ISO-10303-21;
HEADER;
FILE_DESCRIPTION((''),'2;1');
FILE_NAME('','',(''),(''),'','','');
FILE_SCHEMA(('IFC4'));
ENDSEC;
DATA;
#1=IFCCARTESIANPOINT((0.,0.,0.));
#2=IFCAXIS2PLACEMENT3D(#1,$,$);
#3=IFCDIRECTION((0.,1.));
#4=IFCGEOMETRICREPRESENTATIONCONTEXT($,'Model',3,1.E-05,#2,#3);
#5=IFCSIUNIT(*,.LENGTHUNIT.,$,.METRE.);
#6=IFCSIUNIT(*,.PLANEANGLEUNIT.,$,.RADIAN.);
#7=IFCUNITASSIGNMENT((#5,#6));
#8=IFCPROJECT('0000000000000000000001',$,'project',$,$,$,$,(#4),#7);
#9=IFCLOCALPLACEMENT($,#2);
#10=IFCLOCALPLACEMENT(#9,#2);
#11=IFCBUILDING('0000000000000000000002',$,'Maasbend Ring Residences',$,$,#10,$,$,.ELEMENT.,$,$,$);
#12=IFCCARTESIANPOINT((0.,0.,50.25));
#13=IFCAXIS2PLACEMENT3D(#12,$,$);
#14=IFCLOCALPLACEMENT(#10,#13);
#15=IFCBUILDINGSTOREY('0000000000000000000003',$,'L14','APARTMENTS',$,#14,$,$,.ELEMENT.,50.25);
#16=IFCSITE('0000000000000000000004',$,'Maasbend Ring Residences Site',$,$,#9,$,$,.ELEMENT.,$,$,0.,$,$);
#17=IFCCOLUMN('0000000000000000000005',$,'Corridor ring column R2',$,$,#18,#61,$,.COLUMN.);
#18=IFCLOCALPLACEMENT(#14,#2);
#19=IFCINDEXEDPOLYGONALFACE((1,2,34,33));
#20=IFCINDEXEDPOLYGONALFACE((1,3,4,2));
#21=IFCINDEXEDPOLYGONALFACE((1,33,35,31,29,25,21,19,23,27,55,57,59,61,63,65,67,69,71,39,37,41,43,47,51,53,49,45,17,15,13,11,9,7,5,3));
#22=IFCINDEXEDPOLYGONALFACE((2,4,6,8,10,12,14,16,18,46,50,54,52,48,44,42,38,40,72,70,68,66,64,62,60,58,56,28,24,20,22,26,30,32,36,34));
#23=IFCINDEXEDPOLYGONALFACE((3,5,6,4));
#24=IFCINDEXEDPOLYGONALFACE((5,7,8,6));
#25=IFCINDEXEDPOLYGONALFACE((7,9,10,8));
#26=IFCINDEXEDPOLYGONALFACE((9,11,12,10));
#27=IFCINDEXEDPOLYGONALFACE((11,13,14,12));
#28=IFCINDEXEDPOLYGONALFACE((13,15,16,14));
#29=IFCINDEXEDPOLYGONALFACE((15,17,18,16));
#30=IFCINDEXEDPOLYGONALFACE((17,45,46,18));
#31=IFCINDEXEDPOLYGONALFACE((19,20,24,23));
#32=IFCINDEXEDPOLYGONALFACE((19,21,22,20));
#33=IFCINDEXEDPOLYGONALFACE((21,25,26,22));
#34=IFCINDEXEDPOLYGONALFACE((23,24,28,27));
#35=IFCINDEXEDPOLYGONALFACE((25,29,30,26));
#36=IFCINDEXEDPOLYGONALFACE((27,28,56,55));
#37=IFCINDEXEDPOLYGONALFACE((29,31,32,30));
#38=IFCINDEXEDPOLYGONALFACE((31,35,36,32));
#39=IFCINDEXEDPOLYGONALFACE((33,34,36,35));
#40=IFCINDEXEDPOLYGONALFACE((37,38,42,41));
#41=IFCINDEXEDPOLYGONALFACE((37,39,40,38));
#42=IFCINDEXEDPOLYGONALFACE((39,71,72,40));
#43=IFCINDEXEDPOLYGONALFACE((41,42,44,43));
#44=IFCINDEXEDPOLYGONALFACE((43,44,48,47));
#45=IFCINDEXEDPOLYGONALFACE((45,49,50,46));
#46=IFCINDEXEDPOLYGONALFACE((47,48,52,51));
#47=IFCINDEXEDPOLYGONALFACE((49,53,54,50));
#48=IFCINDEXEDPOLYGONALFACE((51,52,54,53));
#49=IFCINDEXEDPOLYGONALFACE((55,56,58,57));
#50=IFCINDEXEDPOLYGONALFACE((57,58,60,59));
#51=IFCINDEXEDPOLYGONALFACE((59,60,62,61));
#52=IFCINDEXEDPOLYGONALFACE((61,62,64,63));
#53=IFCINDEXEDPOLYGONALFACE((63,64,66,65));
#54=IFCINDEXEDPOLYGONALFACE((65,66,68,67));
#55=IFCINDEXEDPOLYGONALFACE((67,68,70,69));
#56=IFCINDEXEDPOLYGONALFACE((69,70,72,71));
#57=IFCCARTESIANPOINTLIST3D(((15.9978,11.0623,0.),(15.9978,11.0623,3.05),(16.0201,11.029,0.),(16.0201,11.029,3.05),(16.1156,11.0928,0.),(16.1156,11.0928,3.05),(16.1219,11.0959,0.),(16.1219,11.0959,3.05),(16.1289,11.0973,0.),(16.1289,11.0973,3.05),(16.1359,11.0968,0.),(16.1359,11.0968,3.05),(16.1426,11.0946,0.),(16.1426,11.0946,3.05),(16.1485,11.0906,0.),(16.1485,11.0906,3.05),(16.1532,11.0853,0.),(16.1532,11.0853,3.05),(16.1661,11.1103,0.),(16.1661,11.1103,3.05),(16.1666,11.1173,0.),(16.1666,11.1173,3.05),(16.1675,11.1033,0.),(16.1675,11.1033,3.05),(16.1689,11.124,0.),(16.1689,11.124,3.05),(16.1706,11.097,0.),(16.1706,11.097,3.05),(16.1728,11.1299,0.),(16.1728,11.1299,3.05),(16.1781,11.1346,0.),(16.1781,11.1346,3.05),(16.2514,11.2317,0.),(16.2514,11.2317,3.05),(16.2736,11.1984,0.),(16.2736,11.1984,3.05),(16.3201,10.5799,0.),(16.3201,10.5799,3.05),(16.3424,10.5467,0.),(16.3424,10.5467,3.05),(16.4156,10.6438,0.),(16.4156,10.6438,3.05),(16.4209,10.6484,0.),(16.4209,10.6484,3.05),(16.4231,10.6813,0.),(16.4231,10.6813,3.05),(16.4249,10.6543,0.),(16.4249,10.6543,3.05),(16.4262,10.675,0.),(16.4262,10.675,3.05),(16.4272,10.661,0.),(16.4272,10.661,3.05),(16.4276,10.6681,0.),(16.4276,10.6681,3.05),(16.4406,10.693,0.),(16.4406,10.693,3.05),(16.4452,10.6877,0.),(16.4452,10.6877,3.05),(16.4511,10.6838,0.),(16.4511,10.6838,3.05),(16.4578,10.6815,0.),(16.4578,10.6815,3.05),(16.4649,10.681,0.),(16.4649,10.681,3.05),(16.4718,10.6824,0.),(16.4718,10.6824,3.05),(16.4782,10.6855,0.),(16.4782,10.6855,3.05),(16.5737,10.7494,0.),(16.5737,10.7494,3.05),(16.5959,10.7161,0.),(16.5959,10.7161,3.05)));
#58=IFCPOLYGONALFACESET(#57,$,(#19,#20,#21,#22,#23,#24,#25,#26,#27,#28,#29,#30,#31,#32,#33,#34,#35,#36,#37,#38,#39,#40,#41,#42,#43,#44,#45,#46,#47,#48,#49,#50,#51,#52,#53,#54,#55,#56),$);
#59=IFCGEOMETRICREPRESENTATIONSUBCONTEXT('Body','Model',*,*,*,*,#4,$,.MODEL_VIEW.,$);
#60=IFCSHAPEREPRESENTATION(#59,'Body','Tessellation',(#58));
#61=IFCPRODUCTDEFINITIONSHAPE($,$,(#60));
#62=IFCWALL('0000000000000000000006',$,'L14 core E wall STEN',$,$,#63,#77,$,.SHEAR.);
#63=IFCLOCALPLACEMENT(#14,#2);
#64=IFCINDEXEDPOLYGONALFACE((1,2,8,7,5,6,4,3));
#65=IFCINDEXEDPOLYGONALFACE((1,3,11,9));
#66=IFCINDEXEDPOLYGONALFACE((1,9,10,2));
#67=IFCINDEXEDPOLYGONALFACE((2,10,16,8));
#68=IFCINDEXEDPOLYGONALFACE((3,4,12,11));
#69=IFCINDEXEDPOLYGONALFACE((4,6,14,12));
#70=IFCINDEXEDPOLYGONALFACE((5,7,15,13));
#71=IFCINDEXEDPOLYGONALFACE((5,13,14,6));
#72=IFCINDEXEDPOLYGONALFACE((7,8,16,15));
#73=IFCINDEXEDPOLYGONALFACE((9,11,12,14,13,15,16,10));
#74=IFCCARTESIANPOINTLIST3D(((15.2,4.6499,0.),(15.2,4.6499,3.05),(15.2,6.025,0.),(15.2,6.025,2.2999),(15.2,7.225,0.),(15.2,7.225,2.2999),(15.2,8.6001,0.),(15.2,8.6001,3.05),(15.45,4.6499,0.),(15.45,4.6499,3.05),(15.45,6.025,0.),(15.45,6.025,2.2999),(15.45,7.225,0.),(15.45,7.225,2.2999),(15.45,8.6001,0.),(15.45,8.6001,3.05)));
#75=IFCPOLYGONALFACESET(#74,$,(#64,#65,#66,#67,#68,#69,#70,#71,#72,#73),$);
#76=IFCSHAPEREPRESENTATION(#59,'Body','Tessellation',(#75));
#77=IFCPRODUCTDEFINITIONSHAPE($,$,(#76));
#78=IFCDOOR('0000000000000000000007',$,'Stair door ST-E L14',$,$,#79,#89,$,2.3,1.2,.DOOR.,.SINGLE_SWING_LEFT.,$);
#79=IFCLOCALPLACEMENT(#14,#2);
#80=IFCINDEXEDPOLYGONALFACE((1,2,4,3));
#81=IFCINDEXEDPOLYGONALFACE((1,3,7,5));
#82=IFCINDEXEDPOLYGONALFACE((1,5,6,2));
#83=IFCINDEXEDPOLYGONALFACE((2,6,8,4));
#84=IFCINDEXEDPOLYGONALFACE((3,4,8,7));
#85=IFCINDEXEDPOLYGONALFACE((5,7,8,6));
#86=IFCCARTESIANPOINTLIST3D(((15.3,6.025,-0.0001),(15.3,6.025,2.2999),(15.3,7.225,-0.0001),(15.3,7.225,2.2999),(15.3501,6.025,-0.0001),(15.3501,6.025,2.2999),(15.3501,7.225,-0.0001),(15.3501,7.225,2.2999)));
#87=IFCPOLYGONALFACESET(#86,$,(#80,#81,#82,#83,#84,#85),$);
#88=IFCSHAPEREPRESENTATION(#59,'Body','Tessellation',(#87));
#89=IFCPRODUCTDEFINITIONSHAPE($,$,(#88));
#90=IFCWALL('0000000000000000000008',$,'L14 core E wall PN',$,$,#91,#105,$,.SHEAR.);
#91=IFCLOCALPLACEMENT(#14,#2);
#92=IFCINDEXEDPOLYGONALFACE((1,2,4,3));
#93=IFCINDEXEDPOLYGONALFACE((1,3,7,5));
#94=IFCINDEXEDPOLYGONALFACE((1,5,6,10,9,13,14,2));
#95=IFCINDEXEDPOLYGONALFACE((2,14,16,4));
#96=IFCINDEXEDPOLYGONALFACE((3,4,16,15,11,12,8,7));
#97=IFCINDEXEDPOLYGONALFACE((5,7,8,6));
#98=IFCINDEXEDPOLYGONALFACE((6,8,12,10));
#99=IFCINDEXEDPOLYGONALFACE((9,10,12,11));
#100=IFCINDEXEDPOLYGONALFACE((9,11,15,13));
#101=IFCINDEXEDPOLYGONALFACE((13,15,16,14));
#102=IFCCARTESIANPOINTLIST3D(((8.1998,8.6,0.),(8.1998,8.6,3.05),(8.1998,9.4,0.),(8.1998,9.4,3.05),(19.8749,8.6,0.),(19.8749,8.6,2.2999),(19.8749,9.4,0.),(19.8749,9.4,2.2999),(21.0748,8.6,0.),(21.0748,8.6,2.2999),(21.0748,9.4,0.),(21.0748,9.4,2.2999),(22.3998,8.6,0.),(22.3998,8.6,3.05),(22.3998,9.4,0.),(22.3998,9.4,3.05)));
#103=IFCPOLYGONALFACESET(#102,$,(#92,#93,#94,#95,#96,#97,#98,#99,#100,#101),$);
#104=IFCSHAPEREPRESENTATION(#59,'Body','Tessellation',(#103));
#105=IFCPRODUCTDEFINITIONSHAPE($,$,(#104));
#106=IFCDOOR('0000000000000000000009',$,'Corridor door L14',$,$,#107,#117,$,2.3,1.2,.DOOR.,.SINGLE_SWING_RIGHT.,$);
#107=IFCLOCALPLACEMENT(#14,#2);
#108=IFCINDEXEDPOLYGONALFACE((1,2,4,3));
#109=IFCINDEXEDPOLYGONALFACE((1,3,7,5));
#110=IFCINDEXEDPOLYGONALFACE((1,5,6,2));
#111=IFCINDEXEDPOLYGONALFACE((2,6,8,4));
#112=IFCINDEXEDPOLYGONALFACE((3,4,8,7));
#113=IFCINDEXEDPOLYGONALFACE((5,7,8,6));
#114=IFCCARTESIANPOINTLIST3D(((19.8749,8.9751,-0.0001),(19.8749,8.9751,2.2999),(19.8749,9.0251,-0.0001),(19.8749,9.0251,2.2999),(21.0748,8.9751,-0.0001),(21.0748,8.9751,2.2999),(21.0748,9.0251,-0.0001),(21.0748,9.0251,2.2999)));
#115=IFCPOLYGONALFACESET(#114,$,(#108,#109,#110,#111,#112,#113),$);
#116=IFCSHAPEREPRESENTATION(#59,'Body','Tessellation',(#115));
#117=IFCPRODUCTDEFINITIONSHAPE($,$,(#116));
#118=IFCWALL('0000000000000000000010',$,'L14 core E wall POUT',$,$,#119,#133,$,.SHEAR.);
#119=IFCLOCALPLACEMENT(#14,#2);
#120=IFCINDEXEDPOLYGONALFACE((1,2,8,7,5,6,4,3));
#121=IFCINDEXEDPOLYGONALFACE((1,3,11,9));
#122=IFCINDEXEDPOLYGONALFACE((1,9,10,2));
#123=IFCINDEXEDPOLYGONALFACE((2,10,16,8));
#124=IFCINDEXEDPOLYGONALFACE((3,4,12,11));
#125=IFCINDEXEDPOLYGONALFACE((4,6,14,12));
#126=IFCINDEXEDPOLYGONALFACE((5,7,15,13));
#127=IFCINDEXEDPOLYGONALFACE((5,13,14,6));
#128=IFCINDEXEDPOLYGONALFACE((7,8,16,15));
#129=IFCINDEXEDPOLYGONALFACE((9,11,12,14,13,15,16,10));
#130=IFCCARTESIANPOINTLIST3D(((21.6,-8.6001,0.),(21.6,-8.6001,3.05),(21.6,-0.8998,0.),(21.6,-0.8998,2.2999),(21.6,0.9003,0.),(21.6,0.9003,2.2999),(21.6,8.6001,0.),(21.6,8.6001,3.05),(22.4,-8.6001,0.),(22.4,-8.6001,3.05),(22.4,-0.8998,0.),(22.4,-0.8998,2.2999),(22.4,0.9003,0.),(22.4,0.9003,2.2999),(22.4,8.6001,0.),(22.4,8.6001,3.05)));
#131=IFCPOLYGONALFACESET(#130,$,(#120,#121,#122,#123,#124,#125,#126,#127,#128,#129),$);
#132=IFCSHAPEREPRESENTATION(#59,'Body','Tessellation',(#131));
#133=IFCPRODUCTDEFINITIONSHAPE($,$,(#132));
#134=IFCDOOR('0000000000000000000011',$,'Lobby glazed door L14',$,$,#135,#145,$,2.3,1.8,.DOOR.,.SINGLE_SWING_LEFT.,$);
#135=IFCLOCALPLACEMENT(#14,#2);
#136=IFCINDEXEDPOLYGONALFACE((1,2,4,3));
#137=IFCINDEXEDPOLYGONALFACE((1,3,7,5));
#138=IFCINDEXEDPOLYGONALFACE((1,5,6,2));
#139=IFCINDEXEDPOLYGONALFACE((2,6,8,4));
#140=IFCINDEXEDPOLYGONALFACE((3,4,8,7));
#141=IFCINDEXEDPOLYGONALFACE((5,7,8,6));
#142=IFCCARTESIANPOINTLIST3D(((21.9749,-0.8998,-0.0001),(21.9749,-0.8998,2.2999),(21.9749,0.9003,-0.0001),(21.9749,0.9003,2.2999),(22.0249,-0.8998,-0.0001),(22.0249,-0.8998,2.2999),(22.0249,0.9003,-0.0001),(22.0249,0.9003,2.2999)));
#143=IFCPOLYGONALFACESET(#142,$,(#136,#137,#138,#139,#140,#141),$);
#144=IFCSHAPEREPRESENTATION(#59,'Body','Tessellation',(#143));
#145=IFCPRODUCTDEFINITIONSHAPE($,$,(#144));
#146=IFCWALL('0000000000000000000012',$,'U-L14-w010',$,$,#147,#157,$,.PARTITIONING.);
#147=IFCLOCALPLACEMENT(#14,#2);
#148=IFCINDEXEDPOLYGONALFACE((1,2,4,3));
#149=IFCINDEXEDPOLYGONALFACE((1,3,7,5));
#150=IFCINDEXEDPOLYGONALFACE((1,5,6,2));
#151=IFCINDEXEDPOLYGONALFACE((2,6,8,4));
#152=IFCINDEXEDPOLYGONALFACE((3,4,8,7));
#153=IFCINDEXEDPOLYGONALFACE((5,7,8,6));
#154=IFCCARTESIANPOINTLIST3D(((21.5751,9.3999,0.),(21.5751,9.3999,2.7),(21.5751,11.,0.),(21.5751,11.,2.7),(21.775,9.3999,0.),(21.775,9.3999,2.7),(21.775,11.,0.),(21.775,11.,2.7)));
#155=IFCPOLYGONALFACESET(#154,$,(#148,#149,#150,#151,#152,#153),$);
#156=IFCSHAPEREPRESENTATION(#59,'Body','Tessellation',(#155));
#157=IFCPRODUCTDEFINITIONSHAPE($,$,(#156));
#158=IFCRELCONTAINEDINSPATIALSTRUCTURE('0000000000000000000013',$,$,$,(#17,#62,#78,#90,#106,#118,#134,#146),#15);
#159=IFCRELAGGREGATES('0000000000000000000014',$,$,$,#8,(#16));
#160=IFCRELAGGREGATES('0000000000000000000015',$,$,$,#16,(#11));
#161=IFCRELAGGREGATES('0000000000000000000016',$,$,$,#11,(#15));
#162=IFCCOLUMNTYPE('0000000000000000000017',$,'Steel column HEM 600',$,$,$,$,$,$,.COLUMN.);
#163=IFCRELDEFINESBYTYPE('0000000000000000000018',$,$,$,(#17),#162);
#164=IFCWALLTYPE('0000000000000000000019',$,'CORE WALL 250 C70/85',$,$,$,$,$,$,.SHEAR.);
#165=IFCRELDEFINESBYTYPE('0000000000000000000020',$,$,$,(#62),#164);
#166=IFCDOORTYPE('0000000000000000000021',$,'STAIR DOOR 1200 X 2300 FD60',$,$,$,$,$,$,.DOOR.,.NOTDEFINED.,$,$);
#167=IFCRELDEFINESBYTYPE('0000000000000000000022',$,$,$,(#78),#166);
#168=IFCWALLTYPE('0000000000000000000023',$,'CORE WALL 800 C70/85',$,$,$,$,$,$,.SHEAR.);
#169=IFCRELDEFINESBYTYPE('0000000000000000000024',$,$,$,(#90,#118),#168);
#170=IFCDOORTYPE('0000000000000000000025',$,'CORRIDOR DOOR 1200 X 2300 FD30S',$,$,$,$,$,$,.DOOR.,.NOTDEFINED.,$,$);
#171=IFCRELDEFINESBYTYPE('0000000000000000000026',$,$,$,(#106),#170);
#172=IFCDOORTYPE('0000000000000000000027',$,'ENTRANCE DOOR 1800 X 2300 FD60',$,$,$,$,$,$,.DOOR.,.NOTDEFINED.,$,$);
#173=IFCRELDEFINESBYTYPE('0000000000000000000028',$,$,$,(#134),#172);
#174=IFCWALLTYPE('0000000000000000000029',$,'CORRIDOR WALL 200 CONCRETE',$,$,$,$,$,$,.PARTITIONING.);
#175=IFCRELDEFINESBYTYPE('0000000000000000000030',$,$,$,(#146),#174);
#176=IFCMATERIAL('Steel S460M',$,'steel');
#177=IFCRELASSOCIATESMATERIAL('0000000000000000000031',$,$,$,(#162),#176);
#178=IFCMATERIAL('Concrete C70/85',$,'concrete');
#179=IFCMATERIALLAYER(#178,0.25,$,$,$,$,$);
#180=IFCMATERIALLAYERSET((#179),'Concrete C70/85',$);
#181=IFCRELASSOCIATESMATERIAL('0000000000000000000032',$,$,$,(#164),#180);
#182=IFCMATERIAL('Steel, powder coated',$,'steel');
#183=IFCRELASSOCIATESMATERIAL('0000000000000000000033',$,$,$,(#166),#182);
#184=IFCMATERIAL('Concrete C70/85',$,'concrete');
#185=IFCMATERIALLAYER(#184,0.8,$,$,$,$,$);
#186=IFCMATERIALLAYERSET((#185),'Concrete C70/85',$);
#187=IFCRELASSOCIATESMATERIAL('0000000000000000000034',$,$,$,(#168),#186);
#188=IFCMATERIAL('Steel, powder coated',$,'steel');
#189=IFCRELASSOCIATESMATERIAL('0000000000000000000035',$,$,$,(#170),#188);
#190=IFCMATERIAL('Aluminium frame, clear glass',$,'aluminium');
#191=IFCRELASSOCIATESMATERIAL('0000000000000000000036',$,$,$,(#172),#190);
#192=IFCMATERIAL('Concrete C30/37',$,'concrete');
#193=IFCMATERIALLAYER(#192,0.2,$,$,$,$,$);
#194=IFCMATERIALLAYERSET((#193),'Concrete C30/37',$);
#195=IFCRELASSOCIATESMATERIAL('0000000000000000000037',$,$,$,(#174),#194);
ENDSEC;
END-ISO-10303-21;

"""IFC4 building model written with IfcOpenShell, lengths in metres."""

from ifc_helpers import new_model, si_unit, direction, frame, frame_2d, origin, origin_2d, place, context, subcontext, project, spatial, rectangle, i_section, extrude, material, layer, layer_set, material_profile, profile_set, type_object, element, fill, save


model = new_model("IFC4")

# Units and contexts
model_context = context("Model", 3, precision=1e-05, world=origin(), true_north=direction((0.0, 1.0)))
body_context = subcontext(model_context, "Body", "Model", "MODEL_VIEW")
ifc_project = project(units=[si_unit("LENGTHUNIT", "METRE"), si_unit("PLANEANGLEUNIT", "RADIAN")], contexts=[model_context])

# Site, building, storey
site_placement = place(None, origin())
site = spatial("IfcSite", under=ifc_project, at=site_placement, Name="Maasbend Ring Residences Site", CompositionType="ELEMENT", RefElevation=0.0)
building_placement = place(site_placement, origin())
building = spatial("IfcBuilding", under=site, at=building_placement, Name="Maasbend Ring Residences", CompositionType="ELEMENT")
storey_placement = place(building_placement, frame((0.0, 0.0, 50.25)))
storey = spatial("IfcBuildingStorey", under=building, at=storey_placement, Name="L14", Description="APARTMENTS", CompositionType="ELEMENT", Elevation=50.25)

# Column
ifc_material_1 = material(Name="Steel S460M", Category="steel")
ifc_material_profile = material_profile(ifc_material_1, i_section(OverallWidth=0.3049, OverallDepth=0.6201, WebThickness=0.021, FlangeThickness=0.04, FilletRadius=0.0271, at=origin_2d()), Name="HEM 600")
ifc_profile_set = profile_set([ifc_material_profile], Name="Steel S460M")
column_type = type_object("IfcColumnType", Name="Steel column HEM 600", PredefinedType="COLUMN", material=ifc_profile_set)
column_placement = place(storey_placement, frame((16.2969, 10.8892, 0.0), z_axis=(0.0, 0.0, 1.0), x_axis=(0.83147, 0.55557, 0.0)))
element("IfcColumn", 1, at=column_placement, inside=storey, type_object=column_type, Name="Corridor ring column R2", PredefinedType="COLUMN", context=body_context, shape_type="SweptSolid", body=[
    extrude(i_section(OverallWidth=0.3049, OverallDepth=0.6201, WebThickness=0.021, FlangeThickness=0.04, FilletRadius=0.0271, at=origin_2d()), origin(), (0.0, 0.0, 1.0), 3.05),
])

# Walls, openings, doors
ifc_material_2 = material(Name="Concrete C70/85", Category="concrete")
ifc_layer_1 = layer(ifc_material_2, 0.25)
ifc_layer_set_1 = layer_set([ifc_layer_1], Name="Concrete C70/85")
wall_type_1 = type_object("IfcWallType", Name="CORE WALL 250 C70/85", PredefinedType="SHEAR", material=ifc_layer_set_1)
wall_1_placement = place(storey_placement, frame((15.325, 4.6499, 0.0), z_axis=(0.0, 0.0, 1.0), x_axis=(0.0, 1.0, 0.0)))
wall_1 = element("IfcWall", 2, at=wall_1_placement, inside=storey, type_object=wall_type_1, Name="L14 core E wall STEN", PredefinedType="SHEAR", context=body_context, shape_type="SweptSolid", body=[
    extrude(rectangle(XDim=3.9502, YDim=0.25, at=frame_2d((1.9751, 0.0))), origin(), (0.0, 0.0, 1.0), 3.05),
])
opening_1_placement = place(wall_1_placement, frame((1.375, 0.0, 0.0)))
opening_1 = element("IfcOpeningElement", 3, at=opening_1_placement, cuts=wall_1, PredefinedType="OPENING", context=body_context, shape_type="SweptSolid", body=[
    extrude(rectangle(XDim=1.2, YDim=2.3, at=frame_2d((0.6001, 1.1499))), frame((0.0, 0.135, 0.0), z_axis=(0.0, -1.0, 0.0), x_axis=(1.0, 0.0, 0.0)), (0.0, 0.0, 1.0), 0.27),
])
ifc_material_3 = material(Name="Steel, powder coated", Category="steel")
door_type_1 = type_object("IfcDoorType", Name="STAIR DOOR 1200 X 2300 FD60", OperationType="NOTDEFINED", PredefinedType="DOOR", material=ifc_material_3)
door_1_placement = place(opening_1_placement, origin())
door_1 = element("IfcDoor", 4, at=door_1_placement, inside=storey, type_object=door_type_1, Name="Stair door ST-E L14", OperationType="SINGLE_SWING_LEFT", OverallHeight=2.3, OverallWidth=1.2, PredefinedType="DOOR", context=body_context, shape_type="SweptSolid", body=[
    extrude(rectangle(XDim=1.2, YDim=2.3, at=frame_2d((0.6001, 1.1499))), frame((0.0, 0.0249, 0.0), z_axis=(0.0, -1.0, 0.0), x_axis=(1.0, 0.0, 0.0)), (0.0, 0.0, 1.0), 0.05),
])
fill(opening_1, door_1)
ifc_material_4 = material(Name="Concrete C70/85", Category="concrete")
ifc_layer_2 = layer(ifc_material_4, 0.8)
ifc_layer_set_2 = layer_set([ifc_layer_2], Name="Concrete C70/85")
wall_type_2 = type_object("IfcWallType", Name="CORE WALL 800 C70/85", PredefinedType="SHEAR", material=ifc_layer_set_2)
wall_2_placement = place(storey_placement, frame((22.3999, 9.0, 0.0), z_axis=(0.0, 0.0, 1.0), x_axis=(-1.0, 0.0, 0.0)))
wall_2 = element("IfcWall", 5, at=wall_2_placement, inside=storey, type_object=wall_type_2, Name="L14 core E wall PN", PredefinedType="SHEAR", context=body_context, shape_type="SweptSolid", body=[
    extrude(rectangle(XDim=14.2, YDim=0.8, at=frame_2d((7.1001, 0.0))), origin(), (0.0, 0.0, 1.0), 3.05),
])
opening_2_placement = place(wall_2_placement, frame((1.325, 0.0, 0.0)))
opening_2 = element("IfcOpeningElement", 6, at=opening_2_placement, cuts=wall_2, PredefinedType="OPENING", context=body_context, shape_type="SweptSolid", body=[
    extrude(rectangle(XDim=1.2, YDim=2.3, at=frame_2d((0.6001, 1.1499))), frame((0.0, 0.4102, 0.0), z_axis=(0.0, -1.0, 0.0), x_axis=(1.0, 0.0, 0.0)), (0.0, 0.0, 1.0), 0.8201),
])
ifc_material_5 = material(Name="Steel, powder coated", Category="steel")
door_type_2 = type_object("IfcDoorType", Name="CORRIDOR DOOR 1200 X 2300 FD30S", OperationType="NOTDEFINED", PredefinedType="DOOR", material=ifc_material_5)
door_2_placement = place(opening_2_placement, origin())
door_2 = element("IfcDoor", 7, at=door_2_placement, inside=storey, type_object=door_type_2, Name="Corridor door L14", OperationType="SINGLE_SWING_RIGHT", OverallHeight=2.3, OverallWidth=1.2, PredefinedType="DOOR", context=body_context, shape_type="SweptSolid", body=[
    extrude(rectangle(XDim=1.2, YDim=2.3, at=frame_2d((0.6001, 1.1499))), frame((0.0, 0.0249, 0.0), z_axis=(0.0, -1.0, 0.0), x_axis=(1.0, 0.0, 0.0)), (0.0, 0.0, 1.0), 0.05),
])
fill(opening_2, door_2)
wall_3_placement = place(storey_placement, frame((22.0, 8.6001, 0.0), z_axis=(0.0, 0.0, 1.0), x_axis=(0.0, -1.0, 0.0)))
wall_3 = element("IfcWall", 8, at=wall_3_placement, inside=storey, type_object=wall_type_2, Name="L14 core E wall POUT", PredefinedType="SHEAR", context=body_context, shape_type="SweptSolid", body=[
    extrude(rectangle(XDim=17.2002, YDim=0.8, at=frame_2d((8.6001, 0.0))), origin(), (0.0, 0.0, 1.0), 3.05),
])
opening_3_placement = place(wall_3_placement, frame((7.7, 0.0, 0.0)))
opening_3 = element("IfcOpeningElement", 9, at=opening_3_placement, cuts=wall_3, PredefinedType="OPENING", context=body_context, shape_type="SweptSolid", body=[
    extrude(rectangle(XDim=1.8, YDim=2.3, at=frame_2d((0.8999, 1.1499))), frame((0.0, 0.4102, 0.0), z_axis=(0.0, -1.0, 0.0), x_axis=(1.0, 0.0, 0.0)), (0.0, 0.0, 1.0), 0.8201),
])
ifc_material_6 = material(Name="Aluminium frame, clear glass", Category="aluminium")
door_type_3 = type_object("IfcDoorType", Name="ENTRANCE DOOR 1800 X 2300 FD60", OperationType="NOTDEFINED", PredefinedType="DOOR", material=ifc_material_6)
door_3_placement = place(opening_3_placement, origin())
door_3 = element("IfcDoor", 10, at=door_3_placement, inside=storey, type_object=door_type_3, Name="Lobby glazed door L14", OperationType="SINGLE_SWING_LEFT", OverallHeight=2.3, OverallWidth=1.8, PredefinedType="DOOR", context=body_context, shape_type="SweptSolid", body=[
    extrude(rectangle(XDim=1.8, YDim=2.3, at=frame_2d((0.8999, 1.1499))), frame((0.0, 0.0249, 0.0), z_axis=(0.0, -1.0, 0.0), x_axis=(1.0, 0.0, 0.0)), (0.0, 0.0, 1.0), 0.05),
])
fill(opening_3, door_3)

# Wall
ifc_material_7 = material(Name="Concrete C30/37", Category="concrete")
ifc_layer_3 = layer(ifc_material_7, 0.2)
ifc_layer_set_3 = layer_set([ifc_layer_3], Name="Concrete C30/37")
wall_type_3 = type_object("IfcWallType", Name="CORRIDOR WALL 200 CONCRETE", PredefinedType="PARTITIONING", material=ifc_layer_set_3)
wall_4_placement = place(storey_placement, frame((21.675, 9.3999, 0.0), z_axis=(0.0, 0.0, 1.0), x_axis=(0.0, 1.0, 0.0)))
element("IfcWall", 11, at=wall_4_placement, inside=storey, type_object=wall_type_3, Name="U-L14-w010", PredefinedType="PARTITIONING", context=body_context, shape_type="SweptSolid", body=[
    extrude(rectangle(XDim=1.6001, YDim=0.2, at=frame_2d((0.8, 0.0))), origin(), (0.0, 0.0, 1.0), 2.7),
])

save(model, "model.ifc")
